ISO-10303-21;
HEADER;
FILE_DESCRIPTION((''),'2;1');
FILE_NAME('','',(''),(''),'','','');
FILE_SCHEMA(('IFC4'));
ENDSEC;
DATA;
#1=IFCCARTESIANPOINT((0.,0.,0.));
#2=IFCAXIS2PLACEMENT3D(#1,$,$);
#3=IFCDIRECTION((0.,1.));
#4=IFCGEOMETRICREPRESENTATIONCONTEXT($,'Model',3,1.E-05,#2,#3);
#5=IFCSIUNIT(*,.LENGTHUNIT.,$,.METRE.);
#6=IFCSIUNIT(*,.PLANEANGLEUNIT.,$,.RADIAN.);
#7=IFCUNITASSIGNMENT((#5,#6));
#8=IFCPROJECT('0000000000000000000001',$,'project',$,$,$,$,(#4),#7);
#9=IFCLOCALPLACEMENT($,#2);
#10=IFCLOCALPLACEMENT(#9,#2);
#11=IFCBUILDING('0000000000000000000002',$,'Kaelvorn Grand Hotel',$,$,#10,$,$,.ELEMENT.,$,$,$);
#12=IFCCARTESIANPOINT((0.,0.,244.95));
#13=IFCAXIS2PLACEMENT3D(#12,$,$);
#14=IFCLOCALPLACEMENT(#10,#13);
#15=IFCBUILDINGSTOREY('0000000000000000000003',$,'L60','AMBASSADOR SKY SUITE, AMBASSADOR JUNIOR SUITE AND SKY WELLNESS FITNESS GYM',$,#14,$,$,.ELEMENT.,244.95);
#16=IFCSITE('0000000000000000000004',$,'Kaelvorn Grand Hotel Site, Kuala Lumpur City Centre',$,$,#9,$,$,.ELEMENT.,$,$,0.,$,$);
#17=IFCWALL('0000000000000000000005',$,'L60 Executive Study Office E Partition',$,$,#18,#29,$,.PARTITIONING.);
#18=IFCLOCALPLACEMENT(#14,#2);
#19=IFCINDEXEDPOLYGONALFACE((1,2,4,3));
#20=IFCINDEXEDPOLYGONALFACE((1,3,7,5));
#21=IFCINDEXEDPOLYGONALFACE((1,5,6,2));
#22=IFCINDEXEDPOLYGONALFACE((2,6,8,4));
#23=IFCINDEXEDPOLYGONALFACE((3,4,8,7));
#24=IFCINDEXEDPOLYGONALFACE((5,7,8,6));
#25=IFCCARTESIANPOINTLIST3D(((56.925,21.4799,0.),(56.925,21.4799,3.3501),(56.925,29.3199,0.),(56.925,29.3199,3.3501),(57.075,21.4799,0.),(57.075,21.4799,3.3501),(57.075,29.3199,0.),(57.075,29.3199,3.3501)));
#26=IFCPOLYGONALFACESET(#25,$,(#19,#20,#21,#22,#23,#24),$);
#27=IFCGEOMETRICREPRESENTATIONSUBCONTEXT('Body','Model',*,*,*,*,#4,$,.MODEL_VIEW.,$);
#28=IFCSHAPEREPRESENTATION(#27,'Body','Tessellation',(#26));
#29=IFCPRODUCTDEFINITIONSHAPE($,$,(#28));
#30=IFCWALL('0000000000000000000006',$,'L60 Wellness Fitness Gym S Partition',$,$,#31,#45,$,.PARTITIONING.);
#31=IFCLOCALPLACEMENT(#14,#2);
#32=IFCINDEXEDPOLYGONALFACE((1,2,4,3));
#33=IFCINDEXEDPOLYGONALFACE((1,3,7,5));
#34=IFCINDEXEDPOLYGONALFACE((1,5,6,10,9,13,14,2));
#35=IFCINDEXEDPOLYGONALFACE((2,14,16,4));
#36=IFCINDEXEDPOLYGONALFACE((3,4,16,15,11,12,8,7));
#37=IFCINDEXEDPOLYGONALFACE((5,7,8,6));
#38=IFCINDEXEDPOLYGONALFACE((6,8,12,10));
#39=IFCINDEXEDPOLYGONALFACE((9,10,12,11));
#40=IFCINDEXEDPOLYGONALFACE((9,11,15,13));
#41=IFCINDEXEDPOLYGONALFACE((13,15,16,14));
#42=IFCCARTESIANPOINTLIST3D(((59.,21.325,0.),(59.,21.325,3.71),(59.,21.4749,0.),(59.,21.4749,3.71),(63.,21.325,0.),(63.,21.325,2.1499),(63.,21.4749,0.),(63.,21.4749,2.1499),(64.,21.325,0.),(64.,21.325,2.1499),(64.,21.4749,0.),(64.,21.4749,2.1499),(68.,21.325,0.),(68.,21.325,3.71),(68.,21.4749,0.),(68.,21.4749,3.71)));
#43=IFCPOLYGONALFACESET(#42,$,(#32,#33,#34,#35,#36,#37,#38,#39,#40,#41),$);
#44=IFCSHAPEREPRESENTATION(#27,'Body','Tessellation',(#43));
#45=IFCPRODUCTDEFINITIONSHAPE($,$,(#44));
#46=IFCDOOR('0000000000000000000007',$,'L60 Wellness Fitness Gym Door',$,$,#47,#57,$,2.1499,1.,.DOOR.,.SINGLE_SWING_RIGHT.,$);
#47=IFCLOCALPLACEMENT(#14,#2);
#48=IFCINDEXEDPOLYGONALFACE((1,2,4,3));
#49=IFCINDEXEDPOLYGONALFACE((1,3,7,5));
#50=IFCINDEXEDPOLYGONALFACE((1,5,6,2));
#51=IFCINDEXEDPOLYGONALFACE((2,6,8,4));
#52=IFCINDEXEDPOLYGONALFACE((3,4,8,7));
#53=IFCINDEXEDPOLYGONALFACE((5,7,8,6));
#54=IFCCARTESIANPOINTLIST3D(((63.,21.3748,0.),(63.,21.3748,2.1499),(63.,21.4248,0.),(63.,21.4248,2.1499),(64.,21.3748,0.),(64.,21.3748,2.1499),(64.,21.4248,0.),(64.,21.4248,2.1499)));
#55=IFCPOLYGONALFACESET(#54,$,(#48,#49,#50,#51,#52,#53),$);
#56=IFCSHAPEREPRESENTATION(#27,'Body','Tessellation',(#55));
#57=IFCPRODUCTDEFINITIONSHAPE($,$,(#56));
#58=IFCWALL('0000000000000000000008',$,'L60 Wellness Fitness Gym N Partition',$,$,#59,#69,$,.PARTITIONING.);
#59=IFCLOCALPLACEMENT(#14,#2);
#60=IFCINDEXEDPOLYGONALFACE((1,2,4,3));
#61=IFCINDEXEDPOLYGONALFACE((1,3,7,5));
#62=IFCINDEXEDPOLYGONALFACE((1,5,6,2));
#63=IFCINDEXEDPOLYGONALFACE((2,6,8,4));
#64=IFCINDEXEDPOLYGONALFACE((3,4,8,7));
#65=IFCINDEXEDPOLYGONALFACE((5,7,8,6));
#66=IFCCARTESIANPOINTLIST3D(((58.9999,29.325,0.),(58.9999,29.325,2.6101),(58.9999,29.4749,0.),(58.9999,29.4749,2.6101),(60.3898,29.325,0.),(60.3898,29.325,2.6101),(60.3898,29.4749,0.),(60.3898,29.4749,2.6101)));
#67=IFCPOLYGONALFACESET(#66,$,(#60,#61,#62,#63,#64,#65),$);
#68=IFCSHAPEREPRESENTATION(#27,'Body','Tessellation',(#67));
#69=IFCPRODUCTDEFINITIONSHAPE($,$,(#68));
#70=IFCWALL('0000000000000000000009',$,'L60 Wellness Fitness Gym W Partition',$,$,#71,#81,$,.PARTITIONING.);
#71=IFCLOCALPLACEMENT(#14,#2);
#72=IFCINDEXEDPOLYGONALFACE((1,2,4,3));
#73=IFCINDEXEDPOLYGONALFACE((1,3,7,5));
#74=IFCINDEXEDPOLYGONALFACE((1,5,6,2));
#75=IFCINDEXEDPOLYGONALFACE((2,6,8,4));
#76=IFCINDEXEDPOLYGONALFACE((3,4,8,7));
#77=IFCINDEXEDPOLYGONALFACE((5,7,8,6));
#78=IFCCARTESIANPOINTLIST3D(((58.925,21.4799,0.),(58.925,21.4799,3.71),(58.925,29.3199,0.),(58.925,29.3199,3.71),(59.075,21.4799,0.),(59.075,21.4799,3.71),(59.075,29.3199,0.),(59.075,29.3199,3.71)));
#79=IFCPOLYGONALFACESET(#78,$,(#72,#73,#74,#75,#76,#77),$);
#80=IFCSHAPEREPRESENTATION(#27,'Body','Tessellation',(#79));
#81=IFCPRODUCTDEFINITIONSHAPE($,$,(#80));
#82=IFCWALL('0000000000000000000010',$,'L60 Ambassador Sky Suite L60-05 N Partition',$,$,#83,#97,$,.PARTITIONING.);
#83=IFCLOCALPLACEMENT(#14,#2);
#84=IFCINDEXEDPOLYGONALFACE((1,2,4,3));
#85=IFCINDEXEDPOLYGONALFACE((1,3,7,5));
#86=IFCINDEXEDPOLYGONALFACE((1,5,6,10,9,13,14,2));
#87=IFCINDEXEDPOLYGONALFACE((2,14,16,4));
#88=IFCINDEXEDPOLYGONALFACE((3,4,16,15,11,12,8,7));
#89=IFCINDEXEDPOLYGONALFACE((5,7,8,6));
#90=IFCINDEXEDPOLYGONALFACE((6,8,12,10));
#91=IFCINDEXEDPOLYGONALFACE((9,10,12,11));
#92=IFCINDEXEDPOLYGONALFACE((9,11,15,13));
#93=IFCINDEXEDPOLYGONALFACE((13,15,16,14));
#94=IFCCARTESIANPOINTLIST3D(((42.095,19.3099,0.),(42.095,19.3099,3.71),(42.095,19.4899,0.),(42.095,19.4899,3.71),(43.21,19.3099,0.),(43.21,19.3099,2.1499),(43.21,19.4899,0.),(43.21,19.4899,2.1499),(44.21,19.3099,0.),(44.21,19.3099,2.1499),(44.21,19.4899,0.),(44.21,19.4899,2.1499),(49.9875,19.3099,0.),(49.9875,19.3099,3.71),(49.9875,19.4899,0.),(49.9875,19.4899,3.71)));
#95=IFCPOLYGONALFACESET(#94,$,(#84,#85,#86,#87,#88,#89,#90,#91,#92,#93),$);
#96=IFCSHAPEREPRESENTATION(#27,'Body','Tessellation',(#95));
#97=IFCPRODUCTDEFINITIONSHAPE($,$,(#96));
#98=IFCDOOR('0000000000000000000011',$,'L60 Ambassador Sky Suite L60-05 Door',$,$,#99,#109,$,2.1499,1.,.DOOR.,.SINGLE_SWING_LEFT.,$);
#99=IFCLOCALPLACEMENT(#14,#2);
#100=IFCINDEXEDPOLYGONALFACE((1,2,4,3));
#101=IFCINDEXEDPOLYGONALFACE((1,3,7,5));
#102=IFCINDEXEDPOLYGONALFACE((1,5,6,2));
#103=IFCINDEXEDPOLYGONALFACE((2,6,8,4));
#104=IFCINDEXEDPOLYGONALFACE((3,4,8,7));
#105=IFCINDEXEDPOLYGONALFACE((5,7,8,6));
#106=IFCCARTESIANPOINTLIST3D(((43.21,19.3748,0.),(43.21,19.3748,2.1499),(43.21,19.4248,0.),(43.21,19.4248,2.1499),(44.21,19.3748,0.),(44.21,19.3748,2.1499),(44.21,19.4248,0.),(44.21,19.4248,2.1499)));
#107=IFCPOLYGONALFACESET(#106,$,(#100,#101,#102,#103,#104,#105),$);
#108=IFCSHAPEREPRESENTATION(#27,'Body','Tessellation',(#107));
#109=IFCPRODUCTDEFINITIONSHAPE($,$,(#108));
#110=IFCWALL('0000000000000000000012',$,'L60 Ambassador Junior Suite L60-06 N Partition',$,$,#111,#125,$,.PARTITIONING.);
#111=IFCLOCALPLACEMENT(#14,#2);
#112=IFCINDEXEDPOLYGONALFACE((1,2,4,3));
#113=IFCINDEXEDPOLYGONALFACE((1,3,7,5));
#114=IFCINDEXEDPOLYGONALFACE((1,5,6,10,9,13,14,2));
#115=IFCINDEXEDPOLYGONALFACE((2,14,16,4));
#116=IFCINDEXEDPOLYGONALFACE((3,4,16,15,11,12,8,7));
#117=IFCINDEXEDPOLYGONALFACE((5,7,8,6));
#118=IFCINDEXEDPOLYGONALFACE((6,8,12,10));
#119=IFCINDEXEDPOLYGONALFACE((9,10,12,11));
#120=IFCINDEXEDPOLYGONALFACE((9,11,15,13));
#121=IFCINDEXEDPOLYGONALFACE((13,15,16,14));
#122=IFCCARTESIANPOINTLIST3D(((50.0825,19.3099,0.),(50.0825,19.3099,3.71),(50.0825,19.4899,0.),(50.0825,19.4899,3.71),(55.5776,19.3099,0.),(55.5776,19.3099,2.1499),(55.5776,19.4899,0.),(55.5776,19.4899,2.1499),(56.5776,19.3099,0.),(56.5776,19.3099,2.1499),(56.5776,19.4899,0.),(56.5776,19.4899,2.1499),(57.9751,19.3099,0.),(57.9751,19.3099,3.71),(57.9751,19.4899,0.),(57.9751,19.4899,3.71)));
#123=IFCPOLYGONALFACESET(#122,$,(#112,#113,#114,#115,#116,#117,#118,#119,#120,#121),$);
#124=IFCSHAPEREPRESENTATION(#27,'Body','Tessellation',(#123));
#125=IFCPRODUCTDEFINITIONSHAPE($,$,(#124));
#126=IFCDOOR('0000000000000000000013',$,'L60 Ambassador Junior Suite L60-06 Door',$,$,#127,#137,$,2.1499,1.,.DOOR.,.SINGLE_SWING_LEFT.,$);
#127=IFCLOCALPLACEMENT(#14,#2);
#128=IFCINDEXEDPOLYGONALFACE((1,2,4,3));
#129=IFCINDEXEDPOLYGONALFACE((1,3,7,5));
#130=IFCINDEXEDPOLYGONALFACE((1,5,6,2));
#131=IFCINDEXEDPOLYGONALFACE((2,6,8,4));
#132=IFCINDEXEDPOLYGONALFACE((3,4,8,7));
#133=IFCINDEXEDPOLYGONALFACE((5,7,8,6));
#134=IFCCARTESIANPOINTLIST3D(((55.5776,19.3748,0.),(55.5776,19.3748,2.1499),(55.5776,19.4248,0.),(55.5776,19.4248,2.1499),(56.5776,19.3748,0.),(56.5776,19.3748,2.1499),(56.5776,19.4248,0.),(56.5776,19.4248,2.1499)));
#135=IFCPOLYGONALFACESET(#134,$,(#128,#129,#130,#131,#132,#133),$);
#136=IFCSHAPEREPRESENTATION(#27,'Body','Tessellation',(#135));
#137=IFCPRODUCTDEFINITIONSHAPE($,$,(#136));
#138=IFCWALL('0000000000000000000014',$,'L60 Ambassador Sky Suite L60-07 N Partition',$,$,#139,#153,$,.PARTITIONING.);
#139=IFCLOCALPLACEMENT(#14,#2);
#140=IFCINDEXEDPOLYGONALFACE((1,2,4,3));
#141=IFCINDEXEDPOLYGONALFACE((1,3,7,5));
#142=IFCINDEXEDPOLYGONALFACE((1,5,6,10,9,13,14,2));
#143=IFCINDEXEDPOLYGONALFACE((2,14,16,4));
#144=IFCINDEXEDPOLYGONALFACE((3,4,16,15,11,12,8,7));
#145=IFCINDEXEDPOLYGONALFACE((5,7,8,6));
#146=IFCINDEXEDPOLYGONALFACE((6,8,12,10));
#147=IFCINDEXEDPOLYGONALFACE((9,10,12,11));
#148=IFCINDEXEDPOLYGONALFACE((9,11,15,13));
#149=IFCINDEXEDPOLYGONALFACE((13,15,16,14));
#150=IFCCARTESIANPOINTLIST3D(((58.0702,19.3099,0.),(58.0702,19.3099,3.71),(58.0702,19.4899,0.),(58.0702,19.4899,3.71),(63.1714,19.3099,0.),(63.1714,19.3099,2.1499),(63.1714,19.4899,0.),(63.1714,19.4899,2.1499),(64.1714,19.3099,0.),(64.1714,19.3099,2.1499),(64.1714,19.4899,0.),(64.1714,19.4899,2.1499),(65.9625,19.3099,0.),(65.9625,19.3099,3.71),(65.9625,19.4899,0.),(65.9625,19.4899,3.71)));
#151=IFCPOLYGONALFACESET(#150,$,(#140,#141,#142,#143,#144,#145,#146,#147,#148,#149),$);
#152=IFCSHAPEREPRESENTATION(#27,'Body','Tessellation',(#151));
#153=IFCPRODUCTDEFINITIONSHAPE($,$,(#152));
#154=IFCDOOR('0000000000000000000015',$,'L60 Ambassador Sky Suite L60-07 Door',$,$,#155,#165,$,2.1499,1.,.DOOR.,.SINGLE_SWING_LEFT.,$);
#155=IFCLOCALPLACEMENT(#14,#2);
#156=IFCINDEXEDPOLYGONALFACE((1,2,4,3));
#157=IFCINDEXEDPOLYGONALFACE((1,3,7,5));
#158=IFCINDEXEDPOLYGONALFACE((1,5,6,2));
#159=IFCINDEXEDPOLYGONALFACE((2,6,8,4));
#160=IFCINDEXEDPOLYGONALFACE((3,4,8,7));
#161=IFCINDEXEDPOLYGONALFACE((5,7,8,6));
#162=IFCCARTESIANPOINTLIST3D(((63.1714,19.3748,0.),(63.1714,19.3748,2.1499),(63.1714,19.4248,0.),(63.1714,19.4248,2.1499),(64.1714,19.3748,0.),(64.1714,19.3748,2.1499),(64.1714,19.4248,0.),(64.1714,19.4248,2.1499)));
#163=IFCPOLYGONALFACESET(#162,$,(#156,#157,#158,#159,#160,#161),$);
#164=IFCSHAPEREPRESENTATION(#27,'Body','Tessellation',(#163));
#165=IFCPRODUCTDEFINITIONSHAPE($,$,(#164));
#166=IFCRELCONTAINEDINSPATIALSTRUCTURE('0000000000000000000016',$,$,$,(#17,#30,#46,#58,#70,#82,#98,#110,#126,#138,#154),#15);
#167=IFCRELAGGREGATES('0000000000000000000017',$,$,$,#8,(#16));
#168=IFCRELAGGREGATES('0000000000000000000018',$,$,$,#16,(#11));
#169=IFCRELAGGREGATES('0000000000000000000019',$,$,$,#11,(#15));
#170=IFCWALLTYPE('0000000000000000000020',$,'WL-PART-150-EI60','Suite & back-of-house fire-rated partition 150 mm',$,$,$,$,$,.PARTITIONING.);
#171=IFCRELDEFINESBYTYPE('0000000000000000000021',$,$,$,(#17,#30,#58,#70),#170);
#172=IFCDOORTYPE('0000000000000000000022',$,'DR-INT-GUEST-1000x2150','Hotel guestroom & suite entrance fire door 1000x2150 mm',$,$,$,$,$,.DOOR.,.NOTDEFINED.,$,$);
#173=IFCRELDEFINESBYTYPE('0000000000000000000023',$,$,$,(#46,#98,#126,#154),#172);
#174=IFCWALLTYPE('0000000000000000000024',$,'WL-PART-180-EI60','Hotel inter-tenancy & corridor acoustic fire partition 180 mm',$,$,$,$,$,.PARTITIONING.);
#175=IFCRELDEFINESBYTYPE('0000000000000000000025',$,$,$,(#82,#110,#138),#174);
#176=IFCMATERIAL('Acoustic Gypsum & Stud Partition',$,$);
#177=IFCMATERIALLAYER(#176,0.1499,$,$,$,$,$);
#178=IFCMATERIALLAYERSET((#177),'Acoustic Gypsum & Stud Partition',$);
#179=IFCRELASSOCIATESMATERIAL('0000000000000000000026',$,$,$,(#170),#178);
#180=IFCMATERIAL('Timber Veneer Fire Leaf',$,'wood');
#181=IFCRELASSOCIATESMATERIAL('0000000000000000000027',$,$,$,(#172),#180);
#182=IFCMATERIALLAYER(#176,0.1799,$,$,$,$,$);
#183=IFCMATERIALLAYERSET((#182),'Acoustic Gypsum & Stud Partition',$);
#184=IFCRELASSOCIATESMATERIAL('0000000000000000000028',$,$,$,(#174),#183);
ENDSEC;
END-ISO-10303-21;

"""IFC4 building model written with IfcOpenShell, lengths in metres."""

from ifc_helpers import new_model, si_unit, direction, frame, frame_2d, origin, place, context, subcontext, project, spatial, rectangle, extrude, material, layer, layer_set, type_object, element, fill, save


model = new_model("IFC4")

# Units and contexts
model_context = context("Model", 3, precision=1e-05, world=origin(), true_north=direction((0.0, 1.0)))
body_context = subcontext(model_context, "Body", "Model", "MODEL_VIEW")
ifc_project = project(units=[si_unit("LENGTHUNIT", "METRE"), si_unit("PLANEANGLEUNIT", "RADIAN")], contexts=[model_context])

# Site, building, storey
site_placement = place(None, origin())
site = spatial("IfcSite", under=ifc_project, at=site_placement, Name="Kaelvorn Grand Hotel Site, Kuala Lumpur City Centre", CompositionType="ELEMENT", RefElevation=0.0)
building_placement = place(site_placement, origin())
building = spatial("IfcBuilding", under=site, at=building_placement, Name="Kaelvorn Grand Hotel", CompositionType="ELEMENT")
storey_placement = place(building_placement, frame((0.0, 0.0, 244.95)))
storey = spatial("IfcBuildingStorey", under=building, at=storey_placement, Name="L60", Description="AMBASSADOR SKY SUITE, AMBASSADOR JUNIOR SUITE AND SKY WELLNESS FITNESS GYM", CompositionType="ELEMENT", Elevation=244.95)

# Shared definitions
ifc_material_1 = material(Name="Acoustic Gypsum & Stud Partition")
ifc_layer_1 = layer(ifc_material_1, 0.1499)
ifc_layer_set_1 = layer_set([ifc_layer_1], Name="Acoustic Gypsum & Stud Partition")
wall_type_1 = type_object("IfcWallType", Name="WL-PART-150-EI60", Description="Suite & back-of-house fire-rated partition 150 mm", PredefinedType="PARTITIONING", material=ifc_layer_set_1)

# Shared definitions
ifc_material_2 = material(Name="Timber Veneer Fire Leaf", Category="wood")
door_type_1 = type_object("IfcDoorType", Name="DR-INT-GUEST-1000x2150", Description="Hotel guestroom & suite entrance fire door 1000x2150 mm", OperationType="NOTDEFINED", PredefinedType="DOOR", material=ifc_material_2)

# Wall
wall_1_placement = place(storey_placement, frame((57.0, 21.48, 0.0), z_axis=(0.0, 0.0, 1.0), x_axis=(0.0, 1.0, 0.0)))
element("IfcWall", 1, at=wall_1_placement, inside=storey, type_object=wall_type_1, Name="L60 Executive Study Office E Partition", PredefinedType="PARTITIONING", context=body_context, shape_type="SweptSolid", body=[
    extrude(rectangle(XDim=7.8401, YDim=0.1499, at=frame_2d((3.9199, 0.0))), origin(), (0.0, 0.0, 1.0), 3.3501),
])

# Wall, opening, door
wall_2_placement = place(storey_placement, frame((59.0, 21.3999, 0.0), z_axis=(0.0, 0.0, 1.0), x_axis=(1.0, 0.0, 0.0)))
wall_2 = element("IfcWall", 2, at=wall_2_placement, inside=storey, type_object=wall_type_1, Name="L60 Wellness Fitness Gym S Partition", PredefinedType="PARTITIONING", context=body_context, shape_type="SweptSolid", body=[
    extrude(rectangle(XDim=9.0, YDim=0.1499, at=frame_2d((4.5, 0.0))), origin(), (0.0, 0.0, 1.0), 3.71),
])
opening_1_placement = place(wall_2_placement, frame((4.0, 0.0, 0.0)))
opening_1 = element("IfcOpeningElement", 3, at=opening_1_placement, cuts=wall_2, PredefinedType="OPENING", context=body_context, shape_type="SweptSolid", body=[
    extrude(rectangle(XDim=1.0, YDim=2.1499, at=frame_2d((0.5, 1.075))), frame((0.0, 0.085, 0.0), z_axis=(0.0, -1.0, 0.0), x_axis=(1.0, 0.0, 0.0)), (0.0, 0.0, 1.0), 0.1699),
])
door_1_placement = place(opening_1_placement, origin())
door_1 = element("IfcDoor", 4, at=door_1_placement, inside=storey, type_object=door_type_1, Name="L60 Wellness Fitness Gym Door", OperationType="SINGLE_SWING_RIGHT", OverallHeight=2.1499, OverallWidth=1.0, PredefinedType="DOOR", context=body_context, shape_type="SweptSolid", body=[
    extrude(rectangle(XDim=1.0, YDim=2.1499, at=frame_2d((0.5, 1.075))), frame((0.0, 0.0249, 0.0), z_axis=(0.0, -1.0, 0.0), x_axis=(1.0, 0.0, 0.0)), (0.0, 0.0, 1.0), 0.05),
])
fill(opening_1, door_1)

# Walls
wall_3_placement = place(storey_placement, frame((59.0, 29.3999, 0.0), z_axis=(0.0, 0.0, 1.0), x_axis=(1.0, 0.0, 0.0)))
element("IfcWall", 5, at=wall_3_placement, inside=storey, type_object=wall_type_1, Name="L60 Wellness Fitness Gym N Partition", PredefinedType="PARTITIONING", context=body_context, shape_type="SweptSolid", body=[
    extrude(rectangle(XDim=1.3899, YDim=0.1499, at=frame_2d((0.6948, 0.0))), origin(), (0.0, 0.0, 1.0), 2.6101),
])
wall_4_placement = place(storey_placement, frame((59.0, 21.48, 0.0), z_axis=(0.0, 0.0, 1.0), x_axis=(0.0, 1.0, 0.0)))
element("IfcWall", 6, at=wall_4_placement, inside=storey, type_object=wall_type_1, Name="L60 Wellness Fitness Gym W Partition", PredefinedType="PARTITIONING", context=body_context, shape_type="SweptSolid", body=[
    extrude(rectangle(XDim=7.8401, YDim=0.1499, at=frame_2d((3.9199, 0.0))), origin(), (0.0, 0.0, 1.0), 3.71),
])

# Walls, openings, doors
ifc_layer_2 = layer(ifc_material_1, 0.1799)
ifc_layer_set_2 = layer_set([ifc_layer_2], Name="Acoustic Gypsum & Stud Partition")
wall_type_2 = type_object("IfcWallType", Name="WL-PART-180-EI60", Description="Hotel inter-tenancy & corridor acoustic fire partition 180 mm", PredefinedType="PARTITIONING", material=ifc_layer_set_2)
wall_5_placement = place(storey_placement, frame((42.095, 19.3999, 0.0), z_axis=(0.0, 0.0, 1.0), x_axis=(1.0, 0.0, 0.0)))
wall_5 = element("IfcWall", 7, at=wall_5_placement, inside=storey, type_object=wall_type_2, Name="L60 Ambassador Sky Suite L60-05 N Partition", PredefinedType="PARTITIONING", context=body_context, shape_type="SweptSolid", body=[
    extrude(rectangle(XDim=7.8926, YDim=0.1799, at=frame_2d((3.9463, 0.0))), origin(), (0.0, 0.0, 1.0), 3.71),
])
opening_2_placement = place(wall_5_placement, frame((1.115, 0.0, 0.0)))
opening_2 = element("IfcOpeningElement", 8, at=opening_2_placement, cuts=wall_5, PredefinedType="OPENING", context=body_context, shape_type="SweptSolid", body=[
    extrude(rectangle(XDim=1.0, YDim=2.1499, at=frame_2d((0.5, 1.075))), frame((0.0, 0.1001, 0.0), z_axis=(0.0, -1.0, 0.0), x_axis=(1.0, 0.0, 0.0)), (0.0, 0.0, 1.0), 0.2),
])
door_2_placement = place(opening_2_placement, origin())
door_2 = element("IfcDoor", 9, at=door_2_placement, inside=storey, type_object=door_type_1, Name="L60 Ambassador Sky Suite L60-05 Door", OperationType="SINGLE_SWING_LEFT", OverallHeight=2.1499, OverallWidth=1.0, PredefinedType="DOOR", context=body_context, shape_type="SweptSolid", body=[
    extrude(rectangle(XDim=1.0, YDim=2.1499, at=frame_2d((0.5, 1.075))), frame((0.0, 0.0249, 0.0), z_axis=(0.0, -1.0, 0.0), x_axis=(1.0, 0.0, 0.0)), (0.0, 0.0, 1.0), 0.05),
])
fill(opening_2, door_2)
wall_6_placement = place(storey_placement, frame((50.0825, 19.3999, 0.0), z_axis=(0.0, 0.0, 1.0), x_axis=(1.0, 0.0, 0.0)))
wall_6 = element("IfcWall", 10, at=wall_6_placement, inside=storey, type_object=wall_type_2, Name="L60 Ambassador Junior Suite L60-06 N Partition", PredefinedType="PARTITIONING", context=body_context, shape_type="SweptSolid", body=[
    extrude(rectangle(XDim=7.8926, YDim=0.1799, at=frame_2d((3.9463, 0.0))), origin(), (0.0, 0.0, 1.0), 3.71),
])
opening_3_placement = place(wall_6_placement, frame((5.4951, 0.0, 0.0)))
opening_3 = element("IfcOpeningElement", 11, at=opening_3_placement, cuts=wall_6, PredefinedType="OPENING", context=body_context, shape_type="SweptSolid", body=[
    extrude(rectangle(XDim=1.0, YDim=2.1499, at=frame_2d((0.5, 1.075))), frame((0.0, 0.1001, 0.0), z_axis=(0.0, -1.0, 0.0), x_axis=(1.0, 0.0, 0.0)), (0.0, 0.0, 1.0), 0.2),
])
door_3_placement = place(opening_3_placement, origin())
door_3 = element("IfcDoor", 12, at=door_3_placement, inside=storey, type_object=door_type_1, Name="L60 Ambassador Junior Suite L60-06 Door", OperationType="SINGLE_SWING_LEFT", OverallHeight=2.1499, OverallWidth=1.0, PredefinedType="DOOR", context=body_context, shape_type="SweptSolid", body=[
    extrude(rectangle(XDim=1.0, YDim=2.1499, at=frame_2d((0.5, 1.075))), frame((0.0, 0.0249, 0.0), z_axis=(0.0, -1.0, 0.0), x_axis=(1.0, 0.0, 0.0)), (0.0, 0.0, 1.0), 0.05),
])
fill(opening_3, door_3)
wall_7_placement = place(storey_placement, frame((58.0701, 19.3999, 0.0), z_axis=(0.0, 0.0, 1.0), x_axis=(1.0, 0.0, 0.0)))
wall_7 = element("IfcWall", 13, at=wall_7_placement, inside=storey, type_object=wall_type_2, Name="L60 Ambassador Sky Suite L60-07 N Partition", PredefinedType="PARTITIONING", context=body_context, shape_type="SweptSolid", body=[
    extrude(rectangle(XDim=7.8923, YDim=0.1799, at=frame_2d((3.9463, 0.0))), origin(), (0.0, 0.0, 1.0), 3.71),
])
opening_4_placement = place(wall_7_placement, frame((5.1013, 0.0, 0.0)))
opening_4 = element("IfcOpeningElement", 14, at=opening_4_placement, cuts=wall_7, PredefinedType="OPENING", context=body_context, shape_type="SweptSolid", body=[
    extrude(rectangle(XDim=1.0, YDim=2.1499, at=frame_2d((0.5, 1.075))), frame((0.0, 0.1001, 0.0), z_axis=(0.0, -1.0, 0.0), x_axis=(1.0, 0.0, 0.0)), (0.0, 0.0, 1.0), 0.2),
])
door_4_placement = place(opening_4_placement, origin())
door_4 = element("IfcDoor", 15, at=door_4_placement, inside=storey, type_object=door_type_1, Name="L60 Ambassador Sky Suite L60-07 Door", OperationType="SINGLE_SWING_LEFT", OverallHeight=2.1499, OverallWidth=1.0, PredefinedType="DOOR", context=body_context, shape_type="SweptSolid", body=[
    extrude(rectangle(XDim=1.0, YDim=2.1499, at=frame_2d((0.5, 1.075))), frame((0.0, 0.0249, 0.0), z_axis=(0.0, -1.0, 0.0), x_axis=(1.0, 0.0, 0.0)), (0.0, 0.0, 1.0), 0.05),
])
fill(opening_4, door_4)

save(model, "model.ifc")
